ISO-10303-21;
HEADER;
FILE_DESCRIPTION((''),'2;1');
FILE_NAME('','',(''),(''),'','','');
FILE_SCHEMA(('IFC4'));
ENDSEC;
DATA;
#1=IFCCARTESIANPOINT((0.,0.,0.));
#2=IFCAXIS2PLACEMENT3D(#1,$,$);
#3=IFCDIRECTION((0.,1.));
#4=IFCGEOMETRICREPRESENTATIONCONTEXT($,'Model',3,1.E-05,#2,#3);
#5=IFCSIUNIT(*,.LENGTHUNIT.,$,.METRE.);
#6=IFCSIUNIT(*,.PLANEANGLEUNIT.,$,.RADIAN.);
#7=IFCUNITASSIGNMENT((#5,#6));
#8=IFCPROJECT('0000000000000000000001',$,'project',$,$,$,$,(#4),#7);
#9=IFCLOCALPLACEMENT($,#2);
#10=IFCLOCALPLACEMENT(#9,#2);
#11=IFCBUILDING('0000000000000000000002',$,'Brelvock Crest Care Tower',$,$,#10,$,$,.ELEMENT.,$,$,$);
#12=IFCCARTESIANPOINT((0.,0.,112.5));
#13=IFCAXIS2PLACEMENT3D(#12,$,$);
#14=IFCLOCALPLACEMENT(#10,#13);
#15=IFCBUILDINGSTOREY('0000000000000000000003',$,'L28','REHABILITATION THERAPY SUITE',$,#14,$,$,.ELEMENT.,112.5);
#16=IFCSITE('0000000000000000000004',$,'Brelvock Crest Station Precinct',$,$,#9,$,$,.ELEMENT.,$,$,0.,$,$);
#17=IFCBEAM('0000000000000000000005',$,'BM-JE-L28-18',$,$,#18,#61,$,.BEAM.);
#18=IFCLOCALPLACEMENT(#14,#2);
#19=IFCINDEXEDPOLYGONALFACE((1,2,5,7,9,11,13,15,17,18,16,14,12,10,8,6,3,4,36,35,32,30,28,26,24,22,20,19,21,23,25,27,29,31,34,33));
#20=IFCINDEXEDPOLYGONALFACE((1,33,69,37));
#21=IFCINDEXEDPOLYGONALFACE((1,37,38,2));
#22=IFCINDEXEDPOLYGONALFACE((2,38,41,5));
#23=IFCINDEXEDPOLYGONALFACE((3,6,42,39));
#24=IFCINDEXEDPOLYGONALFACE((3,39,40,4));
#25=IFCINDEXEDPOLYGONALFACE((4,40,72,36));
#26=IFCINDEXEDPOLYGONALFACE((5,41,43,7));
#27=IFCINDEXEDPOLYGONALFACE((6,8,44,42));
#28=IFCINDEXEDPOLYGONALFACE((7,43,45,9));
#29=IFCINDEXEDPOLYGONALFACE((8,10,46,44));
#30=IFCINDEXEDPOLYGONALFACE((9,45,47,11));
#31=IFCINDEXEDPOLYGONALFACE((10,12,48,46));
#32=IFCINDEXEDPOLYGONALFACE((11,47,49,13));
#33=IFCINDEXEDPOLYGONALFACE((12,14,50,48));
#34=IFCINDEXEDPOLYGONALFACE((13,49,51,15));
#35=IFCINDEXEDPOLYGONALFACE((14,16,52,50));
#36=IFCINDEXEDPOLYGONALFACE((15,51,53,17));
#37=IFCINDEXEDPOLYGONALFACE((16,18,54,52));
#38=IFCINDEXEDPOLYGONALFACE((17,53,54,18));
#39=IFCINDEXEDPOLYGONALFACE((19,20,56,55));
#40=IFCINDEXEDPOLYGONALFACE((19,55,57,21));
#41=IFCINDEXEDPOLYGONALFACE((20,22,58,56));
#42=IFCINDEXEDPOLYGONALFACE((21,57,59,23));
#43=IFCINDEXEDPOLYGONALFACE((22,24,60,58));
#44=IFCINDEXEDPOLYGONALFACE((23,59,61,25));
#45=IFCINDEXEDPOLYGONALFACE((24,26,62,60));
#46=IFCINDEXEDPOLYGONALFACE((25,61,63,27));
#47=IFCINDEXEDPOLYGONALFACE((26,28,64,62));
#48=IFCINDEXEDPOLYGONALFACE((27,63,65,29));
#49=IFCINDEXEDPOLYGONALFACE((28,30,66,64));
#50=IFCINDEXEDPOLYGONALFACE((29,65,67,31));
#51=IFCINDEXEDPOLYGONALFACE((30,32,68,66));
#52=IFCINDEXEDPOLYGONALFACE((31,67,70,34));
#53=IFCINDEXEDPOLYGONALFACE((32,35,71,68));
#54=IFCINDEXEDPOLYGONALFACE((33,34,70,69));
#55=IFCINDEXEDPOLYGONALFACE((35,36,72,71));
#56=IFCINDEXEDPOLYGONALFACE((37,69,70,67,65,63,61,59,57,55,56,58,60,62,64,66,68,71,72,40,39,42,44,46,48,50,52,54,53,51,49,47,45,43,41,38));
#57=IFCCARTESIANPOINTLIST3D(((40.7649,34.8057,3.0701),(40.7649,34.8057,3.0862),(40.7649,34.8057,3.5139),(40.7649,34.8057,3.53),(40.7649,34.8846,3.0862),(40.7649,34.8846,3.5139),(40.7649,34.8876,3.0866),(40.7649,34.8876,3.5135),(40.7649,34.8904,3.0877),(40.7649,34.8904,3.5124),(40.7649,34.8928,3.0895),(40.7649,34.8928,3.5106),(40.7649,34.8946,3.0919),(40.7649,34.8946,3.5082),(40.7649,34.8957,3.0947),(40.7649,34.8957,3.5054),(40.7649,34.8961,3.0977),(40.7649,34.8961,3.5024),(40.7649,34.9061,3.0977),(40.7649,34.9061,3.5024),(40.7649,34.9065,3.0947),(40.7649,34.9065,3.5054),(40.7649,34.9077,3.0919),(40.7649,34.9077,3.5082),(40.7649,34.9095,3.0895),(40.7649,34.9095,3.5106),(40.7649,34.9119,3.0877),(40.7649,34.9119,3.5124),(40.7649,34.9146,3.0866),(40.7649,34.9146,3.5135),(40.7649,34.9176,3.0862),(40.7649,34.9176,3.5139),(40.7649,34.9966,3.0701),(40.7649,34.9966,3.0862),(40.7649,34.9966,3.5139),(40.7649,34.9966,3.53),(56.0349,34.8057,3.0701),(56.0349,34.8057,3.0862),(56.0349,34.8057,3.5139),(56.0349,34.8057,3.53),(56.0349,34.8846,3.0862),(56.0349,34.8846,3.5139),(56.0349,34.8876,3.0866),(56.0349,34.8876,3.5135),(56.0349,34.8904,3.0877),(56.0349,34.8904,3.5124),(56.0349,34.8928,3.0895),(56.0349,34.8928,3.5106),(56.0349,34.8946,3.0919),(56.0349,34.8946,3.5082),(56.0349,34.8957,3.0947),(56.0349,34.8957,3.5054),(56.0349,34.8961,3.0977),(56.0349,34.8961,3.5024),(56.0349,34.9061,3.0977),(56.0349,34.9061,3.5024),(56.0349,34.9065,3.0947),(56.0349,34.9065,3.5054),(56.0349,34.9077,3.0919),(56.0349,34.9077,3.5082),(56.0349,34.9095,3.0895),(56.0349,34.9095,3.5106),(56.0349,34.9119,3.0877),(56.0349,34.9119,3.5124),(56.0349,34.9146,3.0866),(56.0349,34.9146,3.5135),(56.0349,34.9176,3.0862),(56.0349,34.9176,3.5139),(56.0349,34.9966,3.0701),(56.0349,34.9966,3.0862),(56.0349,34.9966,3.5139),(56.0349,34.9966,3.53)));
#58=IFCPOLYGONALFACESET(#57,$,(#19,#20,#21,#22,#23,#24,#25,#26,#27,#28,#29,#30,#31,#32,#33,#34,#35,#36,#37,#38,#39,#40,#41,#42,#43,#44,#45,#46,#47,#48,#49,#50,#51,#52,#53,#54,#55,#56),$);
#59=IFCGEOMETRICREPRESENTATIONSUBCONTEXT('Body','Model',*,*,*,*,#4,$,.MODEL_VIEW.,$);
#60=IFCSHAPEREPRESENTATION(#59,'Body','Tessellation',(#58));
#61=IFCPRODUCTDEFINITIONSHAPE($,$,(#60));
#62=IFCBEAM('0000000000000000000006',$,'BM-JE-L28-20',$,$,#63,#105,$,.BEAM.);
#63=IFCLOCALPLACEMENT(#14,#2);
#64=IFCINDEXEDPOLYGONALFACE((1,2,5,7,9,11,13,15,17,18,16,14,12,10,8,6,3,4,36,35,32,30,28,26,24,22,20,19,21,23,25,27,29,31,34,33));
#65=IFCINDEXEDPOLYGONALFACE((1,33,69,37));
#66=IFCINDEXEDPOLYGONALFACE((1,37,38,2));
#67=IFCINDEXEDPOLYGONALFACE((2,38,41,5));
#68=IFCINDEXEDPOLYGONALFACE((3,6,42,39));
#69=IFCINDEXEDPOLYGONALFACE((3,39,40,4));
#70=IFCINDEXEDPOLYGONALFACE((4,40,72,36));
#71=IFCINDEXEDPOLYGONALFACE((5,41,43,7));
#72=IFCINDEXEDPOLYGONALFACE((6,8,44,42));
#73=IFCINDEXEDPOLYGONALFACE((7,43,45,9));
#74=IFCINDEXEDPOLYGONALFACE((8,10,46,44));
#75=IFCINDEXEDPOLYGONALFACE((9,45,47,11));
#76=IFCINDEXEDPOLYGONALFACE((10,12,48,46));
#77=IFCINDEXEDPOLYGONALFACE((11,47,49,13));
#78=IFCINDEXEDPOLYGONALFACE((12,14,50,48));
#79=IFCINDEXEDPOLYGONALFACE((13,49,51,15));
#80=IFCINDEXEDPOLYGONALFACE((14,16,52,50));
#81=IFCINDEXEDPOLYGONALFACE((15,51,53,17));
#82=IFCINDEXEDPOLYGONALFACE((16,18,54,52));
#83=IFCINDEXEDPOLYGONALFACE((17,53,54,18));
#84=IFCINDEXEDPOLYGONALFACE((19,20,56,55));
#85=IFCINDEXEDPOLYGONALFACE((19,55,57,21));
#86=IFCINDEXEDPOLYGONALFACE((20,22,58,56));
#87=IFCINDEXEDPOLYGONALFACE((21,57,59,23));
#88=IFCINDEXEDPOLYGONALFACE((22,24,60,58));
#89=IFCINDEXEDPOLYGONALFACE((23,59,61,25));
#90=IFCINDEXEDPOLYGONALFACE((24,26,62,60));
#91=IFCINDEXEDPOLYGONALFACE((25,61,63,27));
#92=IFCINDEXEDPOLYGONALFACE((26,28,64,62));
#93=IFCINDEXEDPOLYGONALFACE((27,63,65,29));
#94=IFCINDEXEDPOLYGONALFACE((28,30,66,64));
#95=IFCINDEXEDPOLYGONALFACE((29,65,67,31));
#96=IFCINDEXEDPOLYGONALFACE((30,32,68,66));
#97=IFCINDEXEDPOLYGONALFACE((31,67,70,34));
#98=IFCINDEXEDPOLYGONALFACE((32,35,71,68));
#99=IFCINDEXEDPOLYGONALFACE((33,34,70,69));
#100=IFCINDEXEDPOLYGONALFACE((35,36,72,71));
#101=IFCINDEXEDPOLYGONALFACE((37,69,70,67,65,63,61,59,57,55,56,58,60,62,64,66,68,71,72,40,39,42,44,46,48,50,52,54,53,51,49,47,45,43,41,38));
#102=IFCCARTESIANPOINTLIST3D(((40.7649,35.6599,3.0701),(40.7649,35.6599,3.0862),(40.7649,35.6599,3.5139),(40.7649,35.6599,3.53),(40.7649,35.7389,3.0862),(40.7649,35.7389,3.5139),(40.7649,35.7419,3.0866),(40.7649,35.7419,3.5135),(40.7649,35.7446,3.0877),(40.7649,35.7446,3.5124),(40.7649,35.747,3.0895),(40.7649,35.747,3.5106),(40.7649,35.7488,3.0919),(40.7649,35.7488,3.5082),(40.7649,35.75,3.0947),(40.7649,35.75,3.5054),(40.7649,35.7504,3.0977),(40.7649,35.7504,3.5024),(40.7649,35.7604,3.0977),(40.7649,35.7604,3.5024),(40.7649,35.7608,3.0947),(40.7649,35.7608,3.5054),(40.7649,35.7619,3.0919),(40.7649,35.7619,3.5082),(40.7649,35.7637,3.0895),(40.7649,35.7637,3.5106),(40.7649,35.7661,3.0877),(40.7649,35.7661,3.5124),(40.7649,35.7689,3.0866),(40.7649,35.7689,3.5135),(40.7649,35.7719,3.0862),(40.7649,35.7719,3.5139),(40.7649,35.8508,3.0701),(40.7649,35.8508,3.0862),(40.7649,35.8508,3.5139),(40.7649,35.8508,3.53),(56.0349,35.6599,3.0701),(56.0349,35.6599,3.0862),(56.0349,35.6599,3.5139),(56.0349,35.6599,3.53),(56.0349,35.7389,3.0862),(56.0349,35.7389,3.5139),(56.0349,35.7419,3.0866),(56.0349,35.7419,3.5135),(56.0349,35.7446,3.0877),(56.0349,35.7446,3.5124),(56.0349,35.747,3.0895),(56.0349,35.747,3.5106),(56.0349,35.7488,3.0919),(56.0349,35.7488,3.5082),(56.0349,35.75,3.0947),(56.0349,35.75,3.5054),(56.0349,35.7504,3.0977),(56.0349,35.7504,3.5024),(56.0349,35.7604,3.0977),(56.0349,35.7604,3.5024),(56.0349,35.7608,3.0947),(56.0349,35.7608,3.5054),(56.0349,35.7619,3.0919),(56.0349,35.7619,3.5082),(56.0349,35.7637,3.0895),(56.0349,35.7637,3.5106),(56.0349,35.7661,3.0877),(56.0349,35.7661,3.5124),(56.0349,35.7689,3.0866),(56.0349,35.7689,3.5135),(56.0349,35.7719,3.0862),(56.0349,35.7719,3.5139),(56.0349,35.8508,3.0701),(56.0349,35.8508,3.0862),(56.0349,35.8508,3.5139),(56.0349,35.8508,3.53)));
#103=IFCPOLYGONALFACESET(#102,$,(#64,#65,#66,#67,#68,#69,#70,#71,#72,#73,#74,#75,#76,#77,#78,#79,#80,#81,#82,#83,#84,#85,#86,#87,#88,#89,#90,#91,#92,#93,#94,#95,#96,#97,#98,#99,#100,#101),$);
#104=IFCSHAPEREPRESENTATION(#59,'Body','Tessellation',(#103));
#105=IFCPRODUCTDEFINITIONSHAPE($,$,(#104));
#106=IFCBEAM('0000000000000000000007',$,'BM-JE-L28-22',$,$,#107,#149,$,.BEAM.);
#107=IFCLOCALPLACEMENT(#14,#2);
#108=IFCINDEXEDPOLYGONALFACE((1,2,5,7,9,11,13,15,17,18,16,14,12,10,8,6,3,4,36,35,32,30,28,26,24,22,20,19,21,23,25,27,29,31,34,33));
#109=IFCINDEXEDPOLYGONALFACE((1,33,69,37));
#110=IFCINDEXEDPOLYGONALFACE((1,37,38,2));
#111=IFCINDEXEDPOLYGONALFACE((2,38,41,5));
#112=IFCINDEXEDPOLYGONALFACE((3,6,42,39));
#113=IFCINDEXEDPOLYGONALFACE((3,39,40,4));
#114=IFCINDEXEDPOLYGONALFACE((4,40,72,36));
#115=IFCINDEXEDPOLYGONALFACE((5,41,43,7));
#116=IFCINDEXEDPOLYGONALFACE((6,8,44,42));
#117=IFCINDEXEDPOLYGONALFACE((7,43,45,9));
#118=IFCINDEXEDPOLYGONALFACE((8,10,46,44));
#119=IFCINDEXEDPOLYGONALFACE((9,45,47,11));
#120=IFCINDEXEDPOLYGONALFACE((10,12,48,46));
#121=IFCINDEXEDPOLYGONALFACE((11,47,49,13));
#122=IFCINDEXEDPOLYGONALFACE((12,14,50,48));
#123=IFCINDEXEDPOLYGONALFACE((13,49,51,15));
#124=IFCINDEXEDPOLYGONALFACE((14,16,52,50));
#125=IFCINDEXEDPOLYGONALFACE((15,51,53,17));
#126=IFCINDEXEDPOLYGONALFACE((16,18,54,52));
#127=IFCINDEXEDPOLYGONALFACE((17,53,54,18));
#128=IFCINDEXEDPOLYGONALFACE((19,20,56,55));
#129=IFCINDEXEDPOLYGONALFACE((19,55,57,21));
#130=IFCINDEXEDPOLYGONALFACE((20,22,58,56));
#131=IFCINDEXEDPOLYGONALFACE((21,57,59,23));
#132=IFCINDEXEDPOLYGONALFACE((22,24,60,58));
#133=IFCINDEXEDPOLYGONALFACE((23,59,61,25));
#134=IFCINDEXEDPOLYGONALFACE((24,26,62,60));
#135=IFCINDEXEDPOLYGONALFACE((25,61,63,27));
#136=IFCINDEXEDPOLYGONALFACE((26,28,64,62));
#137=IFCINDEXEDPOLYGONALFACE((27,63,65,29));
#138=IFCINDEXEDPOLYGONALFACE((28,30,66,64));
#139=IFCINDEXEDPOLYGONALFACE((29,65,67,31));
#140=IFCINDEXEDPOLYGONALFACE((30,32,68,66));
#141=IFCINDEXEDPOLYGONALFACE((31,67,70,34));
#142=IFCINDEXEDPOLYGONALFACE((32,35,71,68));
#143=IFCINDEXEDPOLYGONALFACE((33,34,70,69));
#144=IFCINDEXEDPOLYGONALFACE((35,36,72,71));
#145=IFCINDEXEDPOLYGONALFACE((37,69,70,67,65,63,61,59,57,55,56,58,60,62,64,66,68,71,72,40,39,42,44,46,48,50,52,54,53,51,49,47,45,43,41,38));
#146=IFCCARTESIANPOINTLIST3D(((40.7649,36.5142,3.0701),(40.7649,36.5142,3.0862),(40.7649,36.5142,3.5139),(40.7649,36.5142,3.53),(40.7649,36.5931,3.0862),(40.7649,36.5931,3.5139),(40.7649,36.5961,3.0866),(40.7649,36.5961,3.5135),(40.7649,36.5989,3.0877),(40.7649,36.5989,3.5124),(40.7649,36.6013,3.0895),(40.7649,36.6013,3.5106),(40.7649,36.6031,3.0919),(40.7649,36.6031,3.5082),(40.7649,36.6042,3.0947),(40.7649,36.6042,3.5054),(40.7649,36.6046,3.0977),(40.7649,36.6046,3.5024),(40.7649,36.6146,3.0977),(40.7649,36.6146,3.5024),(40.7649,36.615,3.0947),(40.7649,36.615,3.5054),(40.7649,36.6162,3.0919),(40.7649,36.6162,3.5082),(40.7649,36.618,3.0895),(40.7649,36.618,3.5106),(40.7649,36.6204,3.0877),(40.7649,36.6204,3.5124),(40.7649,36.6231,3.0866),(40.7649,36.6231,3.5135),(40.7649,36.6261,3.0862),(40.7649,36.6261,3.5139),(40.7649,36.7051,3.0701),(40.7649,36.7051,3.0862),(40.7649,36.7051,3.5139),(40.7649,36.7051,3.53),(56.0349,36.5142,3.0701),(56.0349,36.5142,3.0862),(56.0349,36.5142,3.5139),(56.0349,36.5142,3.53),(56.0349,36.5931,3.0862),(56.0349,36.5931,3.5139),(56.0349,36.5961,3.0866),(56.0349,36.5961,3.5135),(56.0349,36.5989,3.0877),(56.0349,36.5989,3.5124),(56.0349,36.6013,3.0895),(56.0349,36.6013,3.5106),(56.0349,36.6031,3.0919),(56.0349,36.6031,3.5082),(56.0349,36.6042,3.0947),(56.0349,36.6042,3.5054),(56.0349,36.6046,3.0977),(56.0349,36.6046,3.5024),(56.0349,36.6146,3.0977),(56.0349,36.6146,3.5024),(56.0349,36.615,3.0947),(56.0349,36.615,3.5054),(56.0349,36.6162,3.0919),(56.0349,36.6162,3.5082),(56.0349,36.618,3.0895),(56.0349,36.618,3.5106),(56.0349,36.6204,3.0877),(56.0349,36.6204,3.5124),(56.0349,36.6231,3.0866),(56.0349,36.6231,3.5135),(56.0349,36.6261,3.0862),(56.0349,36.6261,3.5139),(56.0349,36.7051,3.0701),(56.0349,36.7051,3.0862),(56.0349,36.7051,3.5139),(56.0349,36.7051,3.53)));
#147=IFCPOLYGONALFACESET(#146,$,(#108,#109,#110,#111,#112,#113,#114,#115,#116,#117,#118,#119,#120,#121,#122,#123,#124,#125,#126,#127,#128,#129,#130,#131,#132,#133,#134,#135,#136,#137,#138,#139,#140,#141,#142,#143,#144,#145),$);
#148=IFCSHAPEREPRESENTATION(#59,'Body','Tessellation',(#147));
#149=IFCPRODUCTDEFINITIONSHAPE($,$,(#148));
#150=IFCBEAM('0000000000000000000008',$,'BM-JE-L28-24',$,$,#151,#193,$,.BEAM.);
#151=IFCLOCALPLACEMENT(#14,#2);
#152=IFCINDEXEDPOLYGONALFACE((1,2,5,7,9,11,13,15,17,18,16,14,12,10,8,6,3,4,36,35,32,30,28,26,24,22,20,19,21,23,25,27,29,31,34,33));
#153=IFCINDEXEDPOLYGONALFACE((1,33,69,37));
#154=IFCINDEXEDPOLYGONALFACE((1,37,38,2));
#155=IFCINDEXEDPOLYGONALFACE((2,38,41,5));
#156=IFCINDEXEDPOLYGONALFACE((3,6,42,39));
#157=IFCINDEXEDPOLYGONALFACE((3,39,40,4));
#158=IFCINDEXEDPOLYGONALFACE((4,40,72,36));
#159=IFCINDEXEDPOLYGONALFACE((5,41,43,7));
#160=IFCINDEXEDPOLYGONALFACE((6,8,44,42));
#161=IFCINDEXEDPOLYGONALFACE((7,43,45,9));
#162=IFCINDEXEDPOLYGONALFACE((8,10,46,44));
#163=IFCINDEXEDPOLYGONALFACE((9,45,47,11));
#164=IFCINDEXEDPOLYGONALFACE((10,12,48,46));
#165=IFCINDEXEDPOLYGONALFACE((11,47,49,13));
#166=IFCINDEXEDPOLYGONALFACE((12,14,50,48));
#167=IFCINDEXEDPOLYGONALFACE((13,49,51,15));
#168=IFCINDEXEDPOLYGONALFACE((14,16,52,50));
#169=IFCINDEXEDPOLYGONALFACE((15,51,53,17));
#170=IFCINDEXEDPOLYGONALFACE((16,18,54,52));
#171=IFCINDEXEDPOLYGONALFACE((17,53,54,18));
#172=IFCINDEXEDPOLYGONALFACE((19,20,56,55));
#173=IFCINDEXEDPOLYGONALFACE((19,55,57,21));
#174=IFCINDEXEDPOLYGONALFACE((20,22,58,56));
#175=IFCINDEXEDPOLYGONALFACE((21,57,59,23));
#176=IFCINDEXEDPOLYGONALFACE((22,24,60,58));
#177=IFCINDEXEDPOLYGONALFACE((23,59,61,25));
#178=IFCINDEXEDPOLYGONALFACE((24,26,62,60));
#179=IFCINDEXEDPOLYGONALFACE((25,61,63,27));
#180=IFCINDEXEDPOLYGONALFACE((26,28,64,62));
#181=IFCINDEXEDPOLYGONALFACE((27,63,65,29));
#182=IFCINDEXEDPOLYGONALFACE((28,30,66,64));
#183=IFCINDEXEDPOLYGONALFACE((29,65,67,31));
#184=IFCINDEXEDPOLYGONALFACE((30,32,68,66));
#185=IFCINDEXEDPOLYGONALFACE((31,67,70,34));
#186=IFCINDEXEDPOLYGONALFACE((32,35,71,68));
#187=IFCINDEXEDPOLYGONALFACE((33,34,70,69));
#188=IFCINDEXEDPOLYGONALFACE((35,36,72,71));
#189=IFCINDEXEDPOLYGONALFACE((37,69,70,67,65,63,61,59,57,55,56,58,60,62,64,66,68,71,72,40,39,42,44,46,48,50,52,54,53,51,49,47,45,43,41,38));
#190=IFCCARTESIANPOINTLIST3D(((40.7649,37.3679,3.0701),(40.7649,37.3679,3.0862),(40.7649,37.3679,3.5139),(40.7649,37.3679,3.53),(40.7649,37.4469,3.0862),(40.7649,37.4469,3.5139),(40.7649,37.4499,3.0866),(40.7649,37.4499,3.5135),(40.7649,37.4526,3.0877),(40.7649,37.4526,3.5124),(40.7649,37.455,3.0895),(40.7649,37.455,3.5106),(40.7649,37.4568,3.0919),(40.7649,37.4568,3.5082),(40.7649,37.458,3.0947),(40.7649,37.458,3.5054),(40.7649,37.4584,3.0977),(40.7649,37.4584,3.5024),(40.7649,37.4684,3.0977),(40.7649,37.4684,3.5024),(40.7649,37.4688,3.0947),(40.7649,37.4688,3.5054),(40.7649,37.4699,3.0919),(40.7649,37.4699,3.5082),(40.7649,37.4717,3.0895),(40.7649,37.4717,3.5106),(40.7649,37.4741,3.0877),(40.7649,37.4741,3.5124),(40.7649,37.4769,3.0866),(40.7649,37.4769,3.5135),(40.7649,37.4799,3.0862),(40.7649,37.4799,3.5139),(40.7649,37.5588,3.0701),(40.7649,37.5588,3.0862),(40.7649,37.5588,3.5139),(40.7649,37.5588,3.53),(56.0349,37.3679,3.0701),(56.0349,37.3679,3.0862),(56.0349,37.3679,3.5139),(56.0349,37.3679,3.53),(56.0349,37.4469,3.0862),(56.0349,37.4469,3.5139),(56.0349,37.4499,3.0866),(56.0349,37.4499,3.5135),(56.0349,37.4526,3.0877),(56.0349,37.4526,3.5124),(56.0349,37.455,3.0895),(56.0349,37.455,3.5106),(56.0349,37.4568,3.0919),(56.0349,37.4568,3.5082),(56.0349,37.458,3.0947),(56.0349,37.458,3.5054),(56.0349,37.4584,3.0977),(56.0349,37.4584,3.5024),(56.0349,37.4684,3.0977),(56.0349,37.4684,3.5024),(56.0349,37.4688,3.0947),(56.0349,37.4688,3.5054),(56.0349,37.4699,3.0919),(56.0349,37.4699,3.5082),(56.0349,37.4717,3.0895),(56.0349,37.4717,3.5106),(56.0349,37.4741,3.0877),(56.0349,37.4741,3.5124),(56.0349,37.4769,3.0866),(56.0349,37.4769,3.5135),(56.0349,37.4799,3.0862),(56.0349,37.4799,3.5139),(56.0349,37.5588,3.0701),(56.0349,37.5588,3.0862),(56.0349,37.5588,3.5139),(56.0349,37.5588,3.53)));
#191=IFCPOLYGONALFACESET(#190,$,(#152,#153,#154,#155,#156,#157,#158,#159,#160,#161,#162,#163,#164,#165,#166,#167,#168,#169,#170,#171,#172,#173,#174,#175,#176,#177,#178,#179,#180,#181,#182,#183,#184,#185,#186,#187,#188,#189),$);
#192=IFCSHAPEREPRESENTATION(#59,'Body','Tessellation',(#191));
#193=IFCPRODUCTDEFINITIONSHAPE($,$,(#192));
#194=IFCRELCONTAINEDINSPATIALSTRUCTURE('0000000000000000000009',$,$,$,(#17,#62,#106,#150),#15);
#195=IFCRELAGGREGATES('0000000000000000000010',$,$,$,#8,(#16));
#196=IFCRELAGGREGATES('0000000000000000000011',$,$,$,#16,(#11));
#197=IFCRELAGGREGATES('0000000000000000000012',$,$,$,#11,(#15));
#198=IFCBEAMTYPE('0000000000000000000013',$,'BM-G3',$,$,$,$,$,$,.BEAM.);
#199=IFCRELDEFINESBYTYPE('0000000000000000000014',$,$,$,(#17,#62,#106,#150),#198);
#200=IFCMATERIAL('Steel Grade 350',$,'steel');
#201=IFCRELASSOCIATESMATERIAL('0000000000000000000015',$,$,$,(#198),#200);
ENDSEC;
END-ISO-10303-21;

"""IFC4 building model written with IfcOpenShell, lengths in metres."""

from ifc_helpers import new_model, si_unit, direction, frame, origin, origin_2d, place, context, subcontext, project, spatial, i_section, extrude, source, transform, mapped, material, material_profile, profile_set, type_object, element, save


model = new_model("IFC4")

# Units and contexts
model_context = context("Model", 3, precision=1e-05, world=origin(), true_north=direction((0.0, 1.0)))
body_context = subcontext(model_context, "Body", "Model", "MODEL_VIEW")
ifc_project = project(units=[si_unit("LENGTHUNIT", "METRE"), si_unit("PLANEANGLEUNIT", "RADIAN")], contexts=[model_context])

# Site, building, storey
site_placement = place(None, origin())
site = spatial("IfcSite", under=ifc_project, at=site_placement, Name="Brelvock Crest Station Precinct", CompositionType="ELEMENT", RefElevation=0.0)
building_placement = place(site_placement, origin())
building = spatial("IfcBuilding", under=site, at=building_placement, Name="Brelvock Crest Care Tower", CompositionType="ELEMENT")
storey_placement = place(building_placement, frame((0.0, 0.0, 112.5)))
storey = spatial("IfcBuildingStorey", under=building, at=storey_placement, Name="L28", Description="REHABILITATION THERAPY SUITE", CompositionType="ELEMENT", Elevation=112.5)

# Beams
ifc_material_1 = material(Name="Steel Grade 350", Category="steel")
ifc_material_profile_1 = material_profile(ifc_material_1, i_section(OverallWidth=0.1909, OverallDepth=0.46, WebThickness=0.01, FlangeThickness=0.0161, FilletRadius=0.0115, at=origin_2d()), Name="460UB82.1")
ifc_profile_set_1 = profile_set([ifc_material_profile_1], Name="Steel Grade 350")
beam_type_1 = type_object("IfcBeamType", Name="BM-G3", PredefinedType="BEAM", material=ifc_profile_set_1)
shared_shape_1 = source(origin(), body_context, "Body", "SweptSolid", [
    extrude(i_section(OverallWidth=0.1909, OverallDepth=0.46, WebThickness=0.01, FlangeThickness=0.0161, FilletRadius=0.0115, at=origin_2d()), origin(), (0.0, 0.0, 1.0), 15.27),
])
for number, where, z_axis, x_axis, name in (
    (1, (40.7649, 34.9011, 3.3), (1.0, 0.0, 0.0), (0.0, 1.0, 0.0), "BM-JE-L28-18"),
    (2, (40.7649, 35.7554, 3.3), (1.0, 0.0, 0.0), (0.0, 1.0, 0.0), "BM-JE-L28-20"),
    (3, (40.7649, 36.6096, 3.3), (1.0, 0.0, 0.0), (0.0, 1.0, 0.0), "BM-JE-L28-22"),
    (4, (40.7649, 37.4634, 3.3), (1.0, 0.0, 0.0), (0.0, 1.0, 0.0), "BM-JE-L28-24"),
):
    element("IfcBeam", number, at=place(storey_placement, frame(where, z_axis=z_axis, x_axis=x_axis)), inside=storey, type_object=beam_type_1, Name=name, PredefinedType="BEAM", context=body_context, shape_type="MappedRepresentation", body=[
        mapped(shared_shape_1, transform((0.0, 0.0, 0.0), x_axis=(1.0, 0.0, 0.0), y_axis=(0.0, 1.0, 0.0), z_axis=(0.0, 0.0, 1.0), scale=1.0)),
    ])

save(model, "model.ifc")
